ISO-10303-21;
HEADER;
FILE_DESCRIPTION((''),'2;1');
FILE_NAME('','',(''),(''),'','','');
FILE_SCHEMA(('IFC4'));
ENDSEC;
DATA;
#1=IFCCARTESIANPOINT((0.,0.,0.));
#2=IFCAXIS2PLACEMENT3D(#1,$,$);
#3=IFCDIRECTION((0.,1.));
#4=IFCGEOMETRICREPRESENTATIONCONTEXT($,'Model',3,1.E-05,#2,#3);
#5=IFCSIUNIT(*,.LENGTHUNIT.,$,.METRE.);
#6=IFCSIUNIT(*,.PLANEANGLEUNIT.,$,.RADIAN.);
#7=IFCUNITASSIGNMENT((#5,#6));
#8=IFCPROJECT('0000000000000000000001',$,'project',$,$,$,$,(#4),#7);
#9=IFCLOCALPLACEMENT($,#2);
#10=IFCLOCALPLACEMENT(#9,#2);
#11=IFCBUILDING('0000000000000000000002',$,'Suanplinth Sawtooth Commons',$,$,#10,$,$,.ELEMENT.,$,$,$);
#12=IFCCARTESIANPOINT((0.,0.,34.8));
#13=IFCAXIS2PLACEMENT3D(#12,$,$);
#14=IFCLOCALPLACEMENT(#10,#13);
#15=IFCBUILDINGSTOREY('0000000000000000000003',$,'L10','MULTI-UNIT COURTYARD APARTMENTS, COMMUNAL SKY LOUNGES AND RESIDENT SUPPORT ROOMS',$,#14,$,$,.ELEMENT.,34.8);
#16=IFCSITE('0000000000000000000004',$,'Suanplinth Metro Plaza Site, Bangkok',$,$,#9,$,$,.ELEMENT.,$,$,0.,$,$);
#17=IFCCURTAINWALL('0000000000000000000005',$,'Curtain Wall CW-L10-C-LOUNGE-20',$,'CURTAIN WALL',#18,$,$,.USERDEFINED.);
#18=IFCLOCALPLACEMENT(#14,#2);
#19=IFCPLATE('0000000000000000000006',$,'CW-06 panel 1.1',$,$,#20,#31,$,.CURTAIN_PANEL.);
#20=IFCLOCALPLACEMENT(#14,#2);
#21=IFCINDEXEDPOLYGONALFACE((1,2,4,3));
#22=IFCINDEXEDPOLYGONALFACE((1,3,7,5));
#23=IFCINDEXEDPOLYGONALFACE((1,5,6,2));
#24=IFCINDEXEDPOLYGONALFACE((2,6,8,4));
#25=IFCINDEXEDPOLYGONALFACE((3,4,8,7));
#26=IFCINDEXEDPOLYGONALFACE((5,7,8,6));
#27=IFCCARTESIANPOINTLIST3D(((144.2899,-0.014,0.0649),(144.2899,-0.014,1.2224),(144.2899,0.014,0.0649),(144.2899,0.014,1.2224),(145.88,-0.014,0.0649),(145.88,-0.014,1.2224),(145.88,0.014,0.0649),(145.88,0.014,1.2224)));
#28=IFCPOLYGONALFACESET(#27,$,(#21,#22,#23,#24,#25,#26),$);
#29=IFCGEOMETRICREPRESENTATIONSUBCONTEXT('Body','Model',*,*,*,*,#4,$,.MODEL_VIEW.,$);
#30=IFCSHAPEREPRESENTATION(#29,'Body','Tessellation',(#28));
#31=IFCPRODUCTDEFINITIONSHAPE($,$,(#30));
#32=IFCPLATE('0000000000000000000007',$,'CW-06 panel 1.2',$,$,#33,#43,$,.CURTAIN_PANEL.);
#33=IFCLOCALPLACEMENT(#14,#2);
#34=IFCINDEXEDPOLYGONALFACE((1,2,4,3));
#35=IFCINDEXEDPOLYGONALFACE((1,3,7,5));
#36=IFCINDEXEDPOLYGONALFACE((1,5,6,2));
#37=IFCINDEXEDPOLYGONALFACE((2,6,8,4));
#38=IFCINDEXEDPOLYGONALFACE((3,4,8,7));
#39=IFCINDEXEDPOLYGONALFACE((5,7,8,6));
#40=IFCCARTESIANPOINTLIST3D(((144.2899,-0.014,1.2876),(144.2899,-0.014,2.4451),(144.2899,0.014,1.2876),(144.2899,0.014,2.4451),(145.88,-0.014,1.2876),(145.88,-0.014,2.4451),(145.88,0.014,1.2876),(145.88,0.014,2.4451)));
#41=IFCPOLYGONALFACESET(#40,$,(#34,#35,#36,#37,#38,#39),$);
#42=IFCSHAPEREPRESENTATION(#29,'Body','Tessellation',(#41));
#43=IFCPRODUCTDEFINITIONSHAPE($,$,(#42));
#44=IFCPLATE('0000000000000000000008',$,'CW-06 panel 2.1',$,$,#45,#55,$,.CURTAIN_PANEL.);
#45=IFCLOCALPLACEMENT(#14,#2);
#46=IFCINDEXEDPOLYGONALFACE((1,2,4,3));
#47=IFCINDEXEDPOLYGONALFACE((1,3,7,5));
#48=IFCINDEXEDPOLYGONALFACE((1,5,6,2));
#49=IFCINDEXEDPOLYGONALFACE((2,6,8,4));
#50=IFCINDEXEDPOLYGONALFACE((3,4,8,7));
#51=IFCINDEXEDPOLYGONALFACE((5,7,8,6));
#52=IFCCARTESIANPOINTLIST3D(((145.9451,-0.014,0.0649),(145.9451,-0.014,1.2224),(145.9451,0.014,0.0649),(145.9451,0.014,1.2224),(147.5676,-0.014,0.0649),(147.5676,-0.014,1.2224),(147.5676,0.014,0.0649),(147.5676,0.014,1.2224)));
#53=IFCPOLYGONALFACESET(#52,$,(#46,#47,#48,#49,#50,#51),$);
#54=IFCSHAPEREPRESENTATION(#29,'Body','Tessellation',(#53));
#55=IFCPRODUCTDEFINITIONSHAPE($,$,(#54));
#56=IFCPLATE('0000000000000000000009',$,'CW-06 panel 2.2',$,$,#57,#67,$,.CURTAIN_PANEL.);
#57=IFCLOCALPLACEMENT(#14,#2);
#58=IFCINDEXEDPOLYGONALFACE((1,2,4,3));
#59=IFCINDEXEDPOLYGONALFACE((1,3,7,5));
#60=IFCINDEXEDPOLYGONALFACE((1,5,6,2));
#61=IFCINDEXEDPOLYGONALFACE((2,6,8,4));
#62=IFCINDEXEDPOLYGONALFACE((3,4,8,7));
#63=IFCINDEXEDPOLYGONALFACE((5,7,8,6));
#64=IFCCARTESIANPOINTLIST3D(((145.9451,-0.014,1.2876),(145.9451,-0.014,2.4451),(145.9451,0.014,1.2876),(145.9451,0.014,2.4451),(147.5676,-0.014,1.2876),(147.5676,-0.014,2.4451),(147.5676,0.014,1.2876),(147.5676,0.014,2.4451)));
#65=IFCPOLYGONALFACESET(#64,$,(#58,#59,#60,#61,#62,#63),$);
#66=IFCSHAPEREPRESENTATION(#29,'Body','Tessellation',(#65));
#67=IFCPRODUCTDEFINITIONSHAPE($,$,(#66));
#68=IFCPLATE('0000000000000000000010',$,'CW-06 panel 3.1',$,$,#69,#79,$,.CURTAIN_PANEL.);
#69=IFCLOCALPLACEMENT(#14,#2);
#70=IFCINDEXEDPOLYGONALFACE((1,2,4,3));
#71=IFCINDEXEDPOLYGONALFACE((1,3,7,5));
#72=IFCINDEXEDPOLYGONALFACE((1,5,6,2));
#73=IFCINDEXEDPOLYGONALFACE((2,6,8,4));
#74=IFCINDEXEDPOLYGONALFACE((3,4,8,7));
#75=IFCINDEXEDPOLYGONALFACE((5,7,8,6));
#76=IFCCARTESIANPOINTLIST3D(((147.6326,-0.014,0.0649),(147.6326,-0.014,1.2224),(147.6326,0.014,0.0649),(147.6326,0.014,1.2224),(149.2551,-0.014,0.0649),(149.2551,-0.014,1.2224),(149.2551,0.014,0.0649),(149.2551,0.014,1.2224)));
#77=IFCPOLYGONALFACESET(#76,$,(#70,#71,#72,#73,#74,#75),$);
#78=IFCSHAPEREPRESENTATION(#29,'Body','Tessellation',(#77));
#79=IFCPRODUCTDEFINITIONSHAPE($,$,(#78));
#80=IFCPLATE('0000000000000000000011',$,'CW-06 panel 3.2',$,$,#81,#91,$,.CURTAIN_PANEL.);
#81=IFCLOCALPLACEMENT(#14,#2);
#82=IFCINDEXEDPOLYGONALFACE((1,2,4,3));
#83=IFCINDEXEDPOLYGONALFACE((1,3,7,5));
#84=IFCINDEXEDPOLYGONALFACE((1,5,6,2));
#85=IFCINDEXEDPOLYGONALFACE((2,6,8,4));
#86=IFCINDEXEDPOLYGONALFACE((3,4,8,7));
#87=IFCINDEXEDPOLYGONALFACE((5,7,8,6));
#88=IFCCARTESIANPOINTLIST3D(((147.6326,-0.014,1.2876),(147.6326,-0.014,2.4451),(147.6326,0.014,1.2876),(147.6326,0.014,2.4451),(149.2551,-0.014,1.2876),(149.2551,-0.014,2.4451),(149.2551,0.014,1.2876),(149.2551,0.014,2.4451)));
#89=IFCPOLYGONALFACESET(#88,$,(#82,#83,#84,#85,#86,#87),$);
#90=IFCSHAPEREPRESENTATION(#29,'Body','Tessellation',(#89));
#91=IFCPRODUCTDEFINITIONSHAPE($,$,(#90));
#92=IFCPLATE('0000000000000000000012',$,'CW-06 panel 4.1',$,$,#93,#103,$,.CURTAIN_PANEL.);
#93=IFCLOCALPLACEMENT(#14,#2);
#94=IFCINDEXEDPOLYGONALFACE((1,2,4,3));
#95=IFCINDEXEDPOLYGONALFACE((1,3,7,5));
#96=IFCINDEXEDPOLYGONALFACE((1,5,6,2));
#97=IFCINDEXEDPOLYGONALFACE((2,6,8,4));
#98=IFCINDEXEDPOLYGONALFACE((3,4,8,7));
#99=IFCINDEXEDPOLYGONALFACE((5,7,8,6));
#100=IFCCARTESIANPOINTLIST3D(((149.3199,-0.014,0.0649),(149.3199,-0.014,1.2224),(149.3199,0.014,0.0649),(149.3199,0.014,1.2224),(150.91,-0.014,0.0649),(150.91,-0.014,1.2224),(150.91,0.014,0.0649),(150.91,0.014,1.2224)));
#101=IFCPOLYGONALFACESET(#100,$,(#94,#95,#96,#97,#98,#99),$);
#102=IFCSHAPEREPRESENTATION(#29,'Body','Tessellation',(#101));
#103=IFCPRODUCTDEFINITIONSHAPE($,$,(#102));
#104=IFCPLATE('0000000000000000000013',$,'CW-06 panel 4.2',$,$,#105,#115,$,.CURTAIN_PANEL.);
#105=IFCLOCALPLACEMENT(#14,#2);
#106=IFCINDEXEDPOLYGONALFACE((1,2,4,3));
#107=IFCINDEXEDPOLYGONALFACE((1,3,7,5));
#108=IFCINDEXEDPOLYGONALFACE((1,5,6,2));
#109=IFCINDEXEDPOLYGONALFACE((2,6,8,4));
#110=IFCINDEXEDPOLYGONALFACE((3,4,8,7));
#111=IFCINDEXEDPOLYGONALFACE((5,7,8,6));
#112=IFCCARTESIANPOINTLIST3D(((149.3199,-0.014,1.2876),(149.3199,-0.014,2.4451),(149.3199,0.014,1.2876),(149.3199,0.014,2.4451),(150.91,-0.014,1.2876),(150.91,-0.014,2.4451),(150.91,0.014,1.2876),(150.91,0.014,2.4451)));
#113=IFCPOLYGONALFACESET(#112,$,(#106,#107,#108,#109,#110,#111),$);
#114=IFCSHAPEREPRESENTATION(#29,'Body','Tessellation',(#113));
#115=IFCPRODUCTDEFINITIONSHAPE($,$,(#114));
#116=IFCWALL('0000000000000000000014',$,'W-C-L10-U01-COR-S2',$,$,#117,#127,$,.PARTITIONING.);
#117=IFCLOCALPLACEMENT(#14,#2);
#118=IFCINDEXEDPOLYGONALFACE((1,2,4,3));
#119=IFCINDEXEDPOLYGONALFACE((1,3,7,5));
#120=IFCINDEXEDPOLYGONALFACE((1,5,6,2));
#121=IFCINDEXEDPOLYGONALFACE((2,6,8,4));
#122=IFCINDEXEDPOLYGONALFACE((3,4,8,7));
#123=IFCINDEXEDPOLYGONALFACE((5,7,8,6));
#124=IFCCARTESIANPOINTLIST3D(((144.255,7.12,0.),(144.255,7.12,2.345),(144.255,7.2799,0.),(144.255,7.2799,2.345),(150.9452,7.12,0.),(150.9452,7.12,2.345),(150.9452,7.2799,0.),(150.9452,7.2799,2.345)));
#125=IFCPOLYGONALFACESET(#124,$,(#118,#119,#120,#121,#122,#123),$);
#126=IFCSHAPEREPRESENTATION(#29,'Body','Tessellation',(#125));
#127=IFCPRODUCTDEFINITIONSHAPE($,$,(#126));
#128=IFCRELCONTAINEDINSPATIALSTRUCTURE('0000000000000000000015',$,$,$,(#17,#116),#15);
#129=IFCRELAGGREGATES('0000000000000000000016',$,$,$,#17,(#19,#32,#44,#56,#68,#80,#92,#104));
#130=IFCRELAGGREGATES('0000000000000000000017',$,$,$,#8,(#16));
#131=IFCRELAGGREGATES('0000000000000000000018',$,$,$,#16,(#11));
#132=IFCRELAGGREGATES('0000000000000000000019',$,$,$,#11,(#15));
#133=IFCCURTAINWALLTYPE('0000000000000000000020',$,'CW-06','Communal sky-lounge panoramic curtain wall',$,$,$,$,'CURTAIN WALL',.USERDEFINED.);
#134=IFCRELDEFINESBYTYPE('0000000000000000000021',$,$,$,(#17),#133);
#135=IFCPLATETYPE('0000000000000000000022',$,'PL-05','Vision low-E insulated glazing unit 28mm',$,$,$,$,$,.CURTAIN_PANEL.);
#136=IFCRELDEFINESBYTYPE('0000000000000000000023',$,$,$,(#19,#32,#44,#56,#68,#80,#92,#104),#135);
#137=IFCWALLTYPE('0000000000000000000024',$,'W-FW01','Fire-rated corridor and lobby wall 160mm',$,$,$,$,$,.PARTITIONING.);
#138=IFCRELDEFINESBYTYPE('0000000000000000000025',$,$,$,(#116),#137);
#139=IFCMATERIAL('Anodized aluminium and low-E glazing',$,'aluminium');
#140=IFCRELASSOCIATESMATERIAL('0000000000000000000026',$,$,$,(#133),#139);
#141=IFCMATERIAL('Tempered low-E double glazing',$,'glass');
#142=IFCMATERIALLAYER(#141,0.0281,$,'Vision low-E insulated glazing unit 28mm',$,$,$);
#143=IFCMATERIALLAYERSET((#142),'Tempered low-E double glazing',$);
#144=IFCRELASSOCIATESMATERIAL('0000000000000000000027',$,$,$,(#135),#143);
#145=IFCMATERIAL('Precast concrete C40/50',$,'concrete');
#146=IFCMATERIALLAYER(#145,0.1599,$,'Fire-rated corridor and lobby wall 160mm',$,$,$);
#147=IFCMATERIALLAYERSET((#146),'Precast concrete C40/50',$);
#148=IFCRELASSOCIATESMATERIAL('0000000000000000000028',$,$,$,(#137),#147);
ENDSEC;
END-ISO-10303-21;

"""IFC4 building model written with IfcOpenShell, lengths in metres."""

from ifc_helpers import new_model, si_unit, direction, frame, frame_2d, origin, origin_2d, place, context, subcontext, project, spatial, rectangle, extrude, material, layer, layer_set, type_object, element, aggregate, save


model = new_model("IFC4")

# Units and contexts
model_context = context("Model", 3, precision=1e-05, world=origin(), true_north=direction((0.0, 1.0)))
body_context = subcontext(model_context, "Body", "Model", "MODEL_VIEW")
ifc_project = project(units=[si_unit("LENGTHUNIT", "METRE"), si_unit("PLANEANGLEUNIT", "RADIAN")], contexts=[model_context])

# Site, building, storey
site_placement = place(None, origin())
site = spatial("IfcSite", under=ifc_project, at=site_placement, Name="Suanplinth Metro Plaza Site, Bangkok", CompositionType="ELEMENT", RefElevation=0.0)
building_placement = place(site_placement, origin())
building = spatial("IfcBuilding", under=site, at=building_placement, Name="Suanplinth Sawtooth Commons", CompositionType="ELEMENT")
storey_placement = place(building_placement, frame((0.0, 0.0, 34.8)))
storey = spatial("IfcBuildingStorey", under=building, at=storey_placement, Name="L10", Description="MULTI-UNIT COURTYARD APARTMENTS, COMMUNAL SKY LOUNGES AND RESIDENT SUPPORT ROOMS", CompositionType="ELEMENT", Elevation=34.8)

# Shared definitions
ifc_material_1 = material(Name="Precast concrete C40/50", Category="concrete")

# Curtain wall, plates
ifc_material_2 = material(Name="Anodized aluminium and low-E glazing", Category="aluminium")
curtain_wall_type = type_object("IfcCurtainWallType", Name="CW-06", Description="Communal sky-lounge panoramic curtain wall", ElementType="CURTAIN WALL", PredefinedType="USERDEFINED", material=ifc_material_2)
curtain_wall_placement = place(storey_placement, origin())
curtain_wall = element("IfcCurtainWall", 1, at=curtain_wall_placement, inside=storey, type_object=curtain_wall_type, Name="Curtain Wall CW-L10-C-LOUNGE-20", ObjectType="CURTAIN WALL", PredefinedType="USERDEFINED")
ifc_material_3 = material(Name="Tempered low-E double glazing", Category="glass")
ifc_layer_1 = layer(ifc_material_3, 0.0281, Name="Vision low-E insulated glazing unit 28mm")
ifc_layer_set_1 = layer_set([ifc_layer_1], Name="Tempered low-E double glazing")
plate_type = type_object("IfcPlateType", Name="PL-05", Description="Vision low-E insulated glazing unit 28mm", PredefinedType="CURTAIN_PANEL", material=ifc_layer_set_1)
plate_1_placement = place(storey_placement, frame((145.085, 0.0, 0.0649), z_axis=(0.0, 0.0, 1.0), x_axis=(1.0, 0.0, 0.0)))
plate_1 = element("IfcPlate", 2, at=plate_1_placement, type_object=plate_type, Name="CW-06 panel 1.1", PredefinedType="CURTAIN_PANEL", context=body_context, shape_type="SweptSolid", body=[
    extrude(rectangle(XDim=1.5901, YDim=0.0281, at=origin_2d()), origin(), (0.0, 0.0, 1.0), 1.1575),
])
plate_2_placement = place(storey_placement, frame((145.085, 0.0, 1.2876), z_axis=(0.0, 0.0, 1.0), x_axis=(1.0, 0.0, 0.0)))
plate_2 = element("IfcPlate", 3, at=plate_2_placement, type_object=plate_type, Name="CW-06 panel 1.2", PredefinedType="CURTAIN_PANEL", context=body_context, shape_type="SweptSolid", body=[
    extrude(rectangle(XDim=1.5901, YDim=0.0281, at=origin_2d()), origin(), (0.0, 0.0, 1.0), 1.1575),
])
plate_3_placement = place(storey_placement, frame((146.7563, 0.0, 0.0649), z_axis=(0.0, 0.0, 1.0), x_axis=(1.0, 0.0, 0.0)))
plate_3 = element("IfcPlate", 4, at=plate_3_placement, type_object=plate_type, Name="CW-06 panel 2.1", PredefinedType="CURTAIN_PANEL", context=body_context, shape_type="SweptSolid", body=[
    extrude(rectangle(XDim=1.6226, YDim=0.0281, at=origin_2d()), origin(), (0.0, 0.0, 1.0), 1.1575),
])
plate_4_placement = place(storey_placement, frame((146.7563, 0.0, 1.2876), z_axis=(0.0, 0.0, 1.0), x_axis=(1.0, 0.0, 0.0)))
plate_4 = element("IfcPlate", 5, at=plate_4_placement, type_object=plate_type, Name="CW-06 panel 2.2", PredefinedType="CURTAIN_PANEL", context=body_context, shape_type="SweptSolid", body=[
    extrude(rectangle(XDim=1.6226, YDim=0.0281, at=origin_2d()), origin(), (0.0, 0.0, 1.0), 1.1575),
])
plate_5_placement = place(storey_placement, frame((148.4438, 0.0, 0.0649), z_axis=(0.0, 0.0, 1.0), x_axis=(1.0, 0.0, 0.0)))
plate_5 = element("IfcPlate", 6, at=plate_5_placement, type_object=plate_type, Name="CW-06 panel 3.1", PredefinedType="CURTAIN_PANEL", context=body_context, shape_type="SweptSolid", body=[
    extrude(rectangle(XDim=1.6226, YDim=0.0281, at=origin_2d()), origin(), (0.0, 0.0, 1.0), 1.1575),
])
plate_6_placement = place(storey_placement, frame((148.4438, 0.0, 1.2876), z_axis=(0.0, 0.0, 1.0), x_axis=(1.0, 0.0, 0.0)))
plate_6 = element("IfcPlate", 7, at=plate_6_placement, type_object=plate_type, Name="CW-06 panel 3.2", PredefinedType="CURTAIN_PANEL", context=body_context, shape_type="SweptSolid", body=[
    extrude(rectangle(XDim=1.6226, YDim=0.0281, at=origin_2d()), origin(), (0.0, 0.0, 1.0), 1.1575),
])
plate_7_placement = place(storey_placement, frame((150.115, 0.0, 0.0649), z_axis=(0.0, 0.0, 1.0), x_axis=(1.0, 0.0, 0.0)))
plate_7 = element("IfcPlate", 8, at=plate_7_placement, type_object=plate_type, Name="CW-06 panel 4.1", PredefinedType="CURTAIN_PANEL", context=body_context, shape_type="SweptSolid", body=[
    extrude(rectangle(XDim=1.5901, YDim=0.0281, at=origin_2d()), origin(), (0.0, 0.0, 1.0), 1.1575),
])
plate_8_placement = place(storey_placement, frame((150.115, 0.0, 1.2876), z_axis=(0.0, 0.0, 1.0), x_axis=(1.0, 0.0, 0.0)))
plate_8 = element("IfcPlate", 9, at=plate_8_placement, type_object=plate_type, Name="CW-06 panel 4.2", PredefinedType="CURTAIN_PANEL", context=body_context, shape_type="SweptSolid", body=[
    extrude(rectangle(XDim=1.5901, YDim=0.0281, at=origin_2d()), origin(), (0.0, 0.0, 1.0), 1.1575),
])
aggregate(curtain_wall, [plate_1, plate_2, plate_3, plate_4, plate_5, plate_6, plate_7, plate_8])

# Wall
ifc_layer_2 = layer(ifc_material_1, 0.1599, Name="Fire-rated corridor and lobby wall 160mm")
ifc_layer_set_2 = layer_set([ifc_layer_2], Name="Precast concrete C40/50")
wall_type = type_object("IfcWallType", Name="W-FW01", Description="Fire-rated corridor and lobby wall 160mm", PredefinedType="PARTITIONING", material=ifc_layer_set_2)
wall_placement = place(storey_placement, frame((144.2549, 7.2, 0.0), z_axis=(0.0, 0.0, 1.0), x_axis=(1.0, 0.0, 0.0)))
element("IfcWall", 10, at=wall_placement, inside=storey, type_object=wall_type, Name="W-C-L10-U01-COR-S2", PredefinedType="PARTITIONING", context=body_context, shape_type="SweptSolid", body=[
    extrude(rectangle(XDim=6.6902, YDim=0.1599, at=frame_2d((3.3452, 0.0))), origin(), (0.0, 0.0, 1.0), 2.345),
])

save(model, "model.ifc")
